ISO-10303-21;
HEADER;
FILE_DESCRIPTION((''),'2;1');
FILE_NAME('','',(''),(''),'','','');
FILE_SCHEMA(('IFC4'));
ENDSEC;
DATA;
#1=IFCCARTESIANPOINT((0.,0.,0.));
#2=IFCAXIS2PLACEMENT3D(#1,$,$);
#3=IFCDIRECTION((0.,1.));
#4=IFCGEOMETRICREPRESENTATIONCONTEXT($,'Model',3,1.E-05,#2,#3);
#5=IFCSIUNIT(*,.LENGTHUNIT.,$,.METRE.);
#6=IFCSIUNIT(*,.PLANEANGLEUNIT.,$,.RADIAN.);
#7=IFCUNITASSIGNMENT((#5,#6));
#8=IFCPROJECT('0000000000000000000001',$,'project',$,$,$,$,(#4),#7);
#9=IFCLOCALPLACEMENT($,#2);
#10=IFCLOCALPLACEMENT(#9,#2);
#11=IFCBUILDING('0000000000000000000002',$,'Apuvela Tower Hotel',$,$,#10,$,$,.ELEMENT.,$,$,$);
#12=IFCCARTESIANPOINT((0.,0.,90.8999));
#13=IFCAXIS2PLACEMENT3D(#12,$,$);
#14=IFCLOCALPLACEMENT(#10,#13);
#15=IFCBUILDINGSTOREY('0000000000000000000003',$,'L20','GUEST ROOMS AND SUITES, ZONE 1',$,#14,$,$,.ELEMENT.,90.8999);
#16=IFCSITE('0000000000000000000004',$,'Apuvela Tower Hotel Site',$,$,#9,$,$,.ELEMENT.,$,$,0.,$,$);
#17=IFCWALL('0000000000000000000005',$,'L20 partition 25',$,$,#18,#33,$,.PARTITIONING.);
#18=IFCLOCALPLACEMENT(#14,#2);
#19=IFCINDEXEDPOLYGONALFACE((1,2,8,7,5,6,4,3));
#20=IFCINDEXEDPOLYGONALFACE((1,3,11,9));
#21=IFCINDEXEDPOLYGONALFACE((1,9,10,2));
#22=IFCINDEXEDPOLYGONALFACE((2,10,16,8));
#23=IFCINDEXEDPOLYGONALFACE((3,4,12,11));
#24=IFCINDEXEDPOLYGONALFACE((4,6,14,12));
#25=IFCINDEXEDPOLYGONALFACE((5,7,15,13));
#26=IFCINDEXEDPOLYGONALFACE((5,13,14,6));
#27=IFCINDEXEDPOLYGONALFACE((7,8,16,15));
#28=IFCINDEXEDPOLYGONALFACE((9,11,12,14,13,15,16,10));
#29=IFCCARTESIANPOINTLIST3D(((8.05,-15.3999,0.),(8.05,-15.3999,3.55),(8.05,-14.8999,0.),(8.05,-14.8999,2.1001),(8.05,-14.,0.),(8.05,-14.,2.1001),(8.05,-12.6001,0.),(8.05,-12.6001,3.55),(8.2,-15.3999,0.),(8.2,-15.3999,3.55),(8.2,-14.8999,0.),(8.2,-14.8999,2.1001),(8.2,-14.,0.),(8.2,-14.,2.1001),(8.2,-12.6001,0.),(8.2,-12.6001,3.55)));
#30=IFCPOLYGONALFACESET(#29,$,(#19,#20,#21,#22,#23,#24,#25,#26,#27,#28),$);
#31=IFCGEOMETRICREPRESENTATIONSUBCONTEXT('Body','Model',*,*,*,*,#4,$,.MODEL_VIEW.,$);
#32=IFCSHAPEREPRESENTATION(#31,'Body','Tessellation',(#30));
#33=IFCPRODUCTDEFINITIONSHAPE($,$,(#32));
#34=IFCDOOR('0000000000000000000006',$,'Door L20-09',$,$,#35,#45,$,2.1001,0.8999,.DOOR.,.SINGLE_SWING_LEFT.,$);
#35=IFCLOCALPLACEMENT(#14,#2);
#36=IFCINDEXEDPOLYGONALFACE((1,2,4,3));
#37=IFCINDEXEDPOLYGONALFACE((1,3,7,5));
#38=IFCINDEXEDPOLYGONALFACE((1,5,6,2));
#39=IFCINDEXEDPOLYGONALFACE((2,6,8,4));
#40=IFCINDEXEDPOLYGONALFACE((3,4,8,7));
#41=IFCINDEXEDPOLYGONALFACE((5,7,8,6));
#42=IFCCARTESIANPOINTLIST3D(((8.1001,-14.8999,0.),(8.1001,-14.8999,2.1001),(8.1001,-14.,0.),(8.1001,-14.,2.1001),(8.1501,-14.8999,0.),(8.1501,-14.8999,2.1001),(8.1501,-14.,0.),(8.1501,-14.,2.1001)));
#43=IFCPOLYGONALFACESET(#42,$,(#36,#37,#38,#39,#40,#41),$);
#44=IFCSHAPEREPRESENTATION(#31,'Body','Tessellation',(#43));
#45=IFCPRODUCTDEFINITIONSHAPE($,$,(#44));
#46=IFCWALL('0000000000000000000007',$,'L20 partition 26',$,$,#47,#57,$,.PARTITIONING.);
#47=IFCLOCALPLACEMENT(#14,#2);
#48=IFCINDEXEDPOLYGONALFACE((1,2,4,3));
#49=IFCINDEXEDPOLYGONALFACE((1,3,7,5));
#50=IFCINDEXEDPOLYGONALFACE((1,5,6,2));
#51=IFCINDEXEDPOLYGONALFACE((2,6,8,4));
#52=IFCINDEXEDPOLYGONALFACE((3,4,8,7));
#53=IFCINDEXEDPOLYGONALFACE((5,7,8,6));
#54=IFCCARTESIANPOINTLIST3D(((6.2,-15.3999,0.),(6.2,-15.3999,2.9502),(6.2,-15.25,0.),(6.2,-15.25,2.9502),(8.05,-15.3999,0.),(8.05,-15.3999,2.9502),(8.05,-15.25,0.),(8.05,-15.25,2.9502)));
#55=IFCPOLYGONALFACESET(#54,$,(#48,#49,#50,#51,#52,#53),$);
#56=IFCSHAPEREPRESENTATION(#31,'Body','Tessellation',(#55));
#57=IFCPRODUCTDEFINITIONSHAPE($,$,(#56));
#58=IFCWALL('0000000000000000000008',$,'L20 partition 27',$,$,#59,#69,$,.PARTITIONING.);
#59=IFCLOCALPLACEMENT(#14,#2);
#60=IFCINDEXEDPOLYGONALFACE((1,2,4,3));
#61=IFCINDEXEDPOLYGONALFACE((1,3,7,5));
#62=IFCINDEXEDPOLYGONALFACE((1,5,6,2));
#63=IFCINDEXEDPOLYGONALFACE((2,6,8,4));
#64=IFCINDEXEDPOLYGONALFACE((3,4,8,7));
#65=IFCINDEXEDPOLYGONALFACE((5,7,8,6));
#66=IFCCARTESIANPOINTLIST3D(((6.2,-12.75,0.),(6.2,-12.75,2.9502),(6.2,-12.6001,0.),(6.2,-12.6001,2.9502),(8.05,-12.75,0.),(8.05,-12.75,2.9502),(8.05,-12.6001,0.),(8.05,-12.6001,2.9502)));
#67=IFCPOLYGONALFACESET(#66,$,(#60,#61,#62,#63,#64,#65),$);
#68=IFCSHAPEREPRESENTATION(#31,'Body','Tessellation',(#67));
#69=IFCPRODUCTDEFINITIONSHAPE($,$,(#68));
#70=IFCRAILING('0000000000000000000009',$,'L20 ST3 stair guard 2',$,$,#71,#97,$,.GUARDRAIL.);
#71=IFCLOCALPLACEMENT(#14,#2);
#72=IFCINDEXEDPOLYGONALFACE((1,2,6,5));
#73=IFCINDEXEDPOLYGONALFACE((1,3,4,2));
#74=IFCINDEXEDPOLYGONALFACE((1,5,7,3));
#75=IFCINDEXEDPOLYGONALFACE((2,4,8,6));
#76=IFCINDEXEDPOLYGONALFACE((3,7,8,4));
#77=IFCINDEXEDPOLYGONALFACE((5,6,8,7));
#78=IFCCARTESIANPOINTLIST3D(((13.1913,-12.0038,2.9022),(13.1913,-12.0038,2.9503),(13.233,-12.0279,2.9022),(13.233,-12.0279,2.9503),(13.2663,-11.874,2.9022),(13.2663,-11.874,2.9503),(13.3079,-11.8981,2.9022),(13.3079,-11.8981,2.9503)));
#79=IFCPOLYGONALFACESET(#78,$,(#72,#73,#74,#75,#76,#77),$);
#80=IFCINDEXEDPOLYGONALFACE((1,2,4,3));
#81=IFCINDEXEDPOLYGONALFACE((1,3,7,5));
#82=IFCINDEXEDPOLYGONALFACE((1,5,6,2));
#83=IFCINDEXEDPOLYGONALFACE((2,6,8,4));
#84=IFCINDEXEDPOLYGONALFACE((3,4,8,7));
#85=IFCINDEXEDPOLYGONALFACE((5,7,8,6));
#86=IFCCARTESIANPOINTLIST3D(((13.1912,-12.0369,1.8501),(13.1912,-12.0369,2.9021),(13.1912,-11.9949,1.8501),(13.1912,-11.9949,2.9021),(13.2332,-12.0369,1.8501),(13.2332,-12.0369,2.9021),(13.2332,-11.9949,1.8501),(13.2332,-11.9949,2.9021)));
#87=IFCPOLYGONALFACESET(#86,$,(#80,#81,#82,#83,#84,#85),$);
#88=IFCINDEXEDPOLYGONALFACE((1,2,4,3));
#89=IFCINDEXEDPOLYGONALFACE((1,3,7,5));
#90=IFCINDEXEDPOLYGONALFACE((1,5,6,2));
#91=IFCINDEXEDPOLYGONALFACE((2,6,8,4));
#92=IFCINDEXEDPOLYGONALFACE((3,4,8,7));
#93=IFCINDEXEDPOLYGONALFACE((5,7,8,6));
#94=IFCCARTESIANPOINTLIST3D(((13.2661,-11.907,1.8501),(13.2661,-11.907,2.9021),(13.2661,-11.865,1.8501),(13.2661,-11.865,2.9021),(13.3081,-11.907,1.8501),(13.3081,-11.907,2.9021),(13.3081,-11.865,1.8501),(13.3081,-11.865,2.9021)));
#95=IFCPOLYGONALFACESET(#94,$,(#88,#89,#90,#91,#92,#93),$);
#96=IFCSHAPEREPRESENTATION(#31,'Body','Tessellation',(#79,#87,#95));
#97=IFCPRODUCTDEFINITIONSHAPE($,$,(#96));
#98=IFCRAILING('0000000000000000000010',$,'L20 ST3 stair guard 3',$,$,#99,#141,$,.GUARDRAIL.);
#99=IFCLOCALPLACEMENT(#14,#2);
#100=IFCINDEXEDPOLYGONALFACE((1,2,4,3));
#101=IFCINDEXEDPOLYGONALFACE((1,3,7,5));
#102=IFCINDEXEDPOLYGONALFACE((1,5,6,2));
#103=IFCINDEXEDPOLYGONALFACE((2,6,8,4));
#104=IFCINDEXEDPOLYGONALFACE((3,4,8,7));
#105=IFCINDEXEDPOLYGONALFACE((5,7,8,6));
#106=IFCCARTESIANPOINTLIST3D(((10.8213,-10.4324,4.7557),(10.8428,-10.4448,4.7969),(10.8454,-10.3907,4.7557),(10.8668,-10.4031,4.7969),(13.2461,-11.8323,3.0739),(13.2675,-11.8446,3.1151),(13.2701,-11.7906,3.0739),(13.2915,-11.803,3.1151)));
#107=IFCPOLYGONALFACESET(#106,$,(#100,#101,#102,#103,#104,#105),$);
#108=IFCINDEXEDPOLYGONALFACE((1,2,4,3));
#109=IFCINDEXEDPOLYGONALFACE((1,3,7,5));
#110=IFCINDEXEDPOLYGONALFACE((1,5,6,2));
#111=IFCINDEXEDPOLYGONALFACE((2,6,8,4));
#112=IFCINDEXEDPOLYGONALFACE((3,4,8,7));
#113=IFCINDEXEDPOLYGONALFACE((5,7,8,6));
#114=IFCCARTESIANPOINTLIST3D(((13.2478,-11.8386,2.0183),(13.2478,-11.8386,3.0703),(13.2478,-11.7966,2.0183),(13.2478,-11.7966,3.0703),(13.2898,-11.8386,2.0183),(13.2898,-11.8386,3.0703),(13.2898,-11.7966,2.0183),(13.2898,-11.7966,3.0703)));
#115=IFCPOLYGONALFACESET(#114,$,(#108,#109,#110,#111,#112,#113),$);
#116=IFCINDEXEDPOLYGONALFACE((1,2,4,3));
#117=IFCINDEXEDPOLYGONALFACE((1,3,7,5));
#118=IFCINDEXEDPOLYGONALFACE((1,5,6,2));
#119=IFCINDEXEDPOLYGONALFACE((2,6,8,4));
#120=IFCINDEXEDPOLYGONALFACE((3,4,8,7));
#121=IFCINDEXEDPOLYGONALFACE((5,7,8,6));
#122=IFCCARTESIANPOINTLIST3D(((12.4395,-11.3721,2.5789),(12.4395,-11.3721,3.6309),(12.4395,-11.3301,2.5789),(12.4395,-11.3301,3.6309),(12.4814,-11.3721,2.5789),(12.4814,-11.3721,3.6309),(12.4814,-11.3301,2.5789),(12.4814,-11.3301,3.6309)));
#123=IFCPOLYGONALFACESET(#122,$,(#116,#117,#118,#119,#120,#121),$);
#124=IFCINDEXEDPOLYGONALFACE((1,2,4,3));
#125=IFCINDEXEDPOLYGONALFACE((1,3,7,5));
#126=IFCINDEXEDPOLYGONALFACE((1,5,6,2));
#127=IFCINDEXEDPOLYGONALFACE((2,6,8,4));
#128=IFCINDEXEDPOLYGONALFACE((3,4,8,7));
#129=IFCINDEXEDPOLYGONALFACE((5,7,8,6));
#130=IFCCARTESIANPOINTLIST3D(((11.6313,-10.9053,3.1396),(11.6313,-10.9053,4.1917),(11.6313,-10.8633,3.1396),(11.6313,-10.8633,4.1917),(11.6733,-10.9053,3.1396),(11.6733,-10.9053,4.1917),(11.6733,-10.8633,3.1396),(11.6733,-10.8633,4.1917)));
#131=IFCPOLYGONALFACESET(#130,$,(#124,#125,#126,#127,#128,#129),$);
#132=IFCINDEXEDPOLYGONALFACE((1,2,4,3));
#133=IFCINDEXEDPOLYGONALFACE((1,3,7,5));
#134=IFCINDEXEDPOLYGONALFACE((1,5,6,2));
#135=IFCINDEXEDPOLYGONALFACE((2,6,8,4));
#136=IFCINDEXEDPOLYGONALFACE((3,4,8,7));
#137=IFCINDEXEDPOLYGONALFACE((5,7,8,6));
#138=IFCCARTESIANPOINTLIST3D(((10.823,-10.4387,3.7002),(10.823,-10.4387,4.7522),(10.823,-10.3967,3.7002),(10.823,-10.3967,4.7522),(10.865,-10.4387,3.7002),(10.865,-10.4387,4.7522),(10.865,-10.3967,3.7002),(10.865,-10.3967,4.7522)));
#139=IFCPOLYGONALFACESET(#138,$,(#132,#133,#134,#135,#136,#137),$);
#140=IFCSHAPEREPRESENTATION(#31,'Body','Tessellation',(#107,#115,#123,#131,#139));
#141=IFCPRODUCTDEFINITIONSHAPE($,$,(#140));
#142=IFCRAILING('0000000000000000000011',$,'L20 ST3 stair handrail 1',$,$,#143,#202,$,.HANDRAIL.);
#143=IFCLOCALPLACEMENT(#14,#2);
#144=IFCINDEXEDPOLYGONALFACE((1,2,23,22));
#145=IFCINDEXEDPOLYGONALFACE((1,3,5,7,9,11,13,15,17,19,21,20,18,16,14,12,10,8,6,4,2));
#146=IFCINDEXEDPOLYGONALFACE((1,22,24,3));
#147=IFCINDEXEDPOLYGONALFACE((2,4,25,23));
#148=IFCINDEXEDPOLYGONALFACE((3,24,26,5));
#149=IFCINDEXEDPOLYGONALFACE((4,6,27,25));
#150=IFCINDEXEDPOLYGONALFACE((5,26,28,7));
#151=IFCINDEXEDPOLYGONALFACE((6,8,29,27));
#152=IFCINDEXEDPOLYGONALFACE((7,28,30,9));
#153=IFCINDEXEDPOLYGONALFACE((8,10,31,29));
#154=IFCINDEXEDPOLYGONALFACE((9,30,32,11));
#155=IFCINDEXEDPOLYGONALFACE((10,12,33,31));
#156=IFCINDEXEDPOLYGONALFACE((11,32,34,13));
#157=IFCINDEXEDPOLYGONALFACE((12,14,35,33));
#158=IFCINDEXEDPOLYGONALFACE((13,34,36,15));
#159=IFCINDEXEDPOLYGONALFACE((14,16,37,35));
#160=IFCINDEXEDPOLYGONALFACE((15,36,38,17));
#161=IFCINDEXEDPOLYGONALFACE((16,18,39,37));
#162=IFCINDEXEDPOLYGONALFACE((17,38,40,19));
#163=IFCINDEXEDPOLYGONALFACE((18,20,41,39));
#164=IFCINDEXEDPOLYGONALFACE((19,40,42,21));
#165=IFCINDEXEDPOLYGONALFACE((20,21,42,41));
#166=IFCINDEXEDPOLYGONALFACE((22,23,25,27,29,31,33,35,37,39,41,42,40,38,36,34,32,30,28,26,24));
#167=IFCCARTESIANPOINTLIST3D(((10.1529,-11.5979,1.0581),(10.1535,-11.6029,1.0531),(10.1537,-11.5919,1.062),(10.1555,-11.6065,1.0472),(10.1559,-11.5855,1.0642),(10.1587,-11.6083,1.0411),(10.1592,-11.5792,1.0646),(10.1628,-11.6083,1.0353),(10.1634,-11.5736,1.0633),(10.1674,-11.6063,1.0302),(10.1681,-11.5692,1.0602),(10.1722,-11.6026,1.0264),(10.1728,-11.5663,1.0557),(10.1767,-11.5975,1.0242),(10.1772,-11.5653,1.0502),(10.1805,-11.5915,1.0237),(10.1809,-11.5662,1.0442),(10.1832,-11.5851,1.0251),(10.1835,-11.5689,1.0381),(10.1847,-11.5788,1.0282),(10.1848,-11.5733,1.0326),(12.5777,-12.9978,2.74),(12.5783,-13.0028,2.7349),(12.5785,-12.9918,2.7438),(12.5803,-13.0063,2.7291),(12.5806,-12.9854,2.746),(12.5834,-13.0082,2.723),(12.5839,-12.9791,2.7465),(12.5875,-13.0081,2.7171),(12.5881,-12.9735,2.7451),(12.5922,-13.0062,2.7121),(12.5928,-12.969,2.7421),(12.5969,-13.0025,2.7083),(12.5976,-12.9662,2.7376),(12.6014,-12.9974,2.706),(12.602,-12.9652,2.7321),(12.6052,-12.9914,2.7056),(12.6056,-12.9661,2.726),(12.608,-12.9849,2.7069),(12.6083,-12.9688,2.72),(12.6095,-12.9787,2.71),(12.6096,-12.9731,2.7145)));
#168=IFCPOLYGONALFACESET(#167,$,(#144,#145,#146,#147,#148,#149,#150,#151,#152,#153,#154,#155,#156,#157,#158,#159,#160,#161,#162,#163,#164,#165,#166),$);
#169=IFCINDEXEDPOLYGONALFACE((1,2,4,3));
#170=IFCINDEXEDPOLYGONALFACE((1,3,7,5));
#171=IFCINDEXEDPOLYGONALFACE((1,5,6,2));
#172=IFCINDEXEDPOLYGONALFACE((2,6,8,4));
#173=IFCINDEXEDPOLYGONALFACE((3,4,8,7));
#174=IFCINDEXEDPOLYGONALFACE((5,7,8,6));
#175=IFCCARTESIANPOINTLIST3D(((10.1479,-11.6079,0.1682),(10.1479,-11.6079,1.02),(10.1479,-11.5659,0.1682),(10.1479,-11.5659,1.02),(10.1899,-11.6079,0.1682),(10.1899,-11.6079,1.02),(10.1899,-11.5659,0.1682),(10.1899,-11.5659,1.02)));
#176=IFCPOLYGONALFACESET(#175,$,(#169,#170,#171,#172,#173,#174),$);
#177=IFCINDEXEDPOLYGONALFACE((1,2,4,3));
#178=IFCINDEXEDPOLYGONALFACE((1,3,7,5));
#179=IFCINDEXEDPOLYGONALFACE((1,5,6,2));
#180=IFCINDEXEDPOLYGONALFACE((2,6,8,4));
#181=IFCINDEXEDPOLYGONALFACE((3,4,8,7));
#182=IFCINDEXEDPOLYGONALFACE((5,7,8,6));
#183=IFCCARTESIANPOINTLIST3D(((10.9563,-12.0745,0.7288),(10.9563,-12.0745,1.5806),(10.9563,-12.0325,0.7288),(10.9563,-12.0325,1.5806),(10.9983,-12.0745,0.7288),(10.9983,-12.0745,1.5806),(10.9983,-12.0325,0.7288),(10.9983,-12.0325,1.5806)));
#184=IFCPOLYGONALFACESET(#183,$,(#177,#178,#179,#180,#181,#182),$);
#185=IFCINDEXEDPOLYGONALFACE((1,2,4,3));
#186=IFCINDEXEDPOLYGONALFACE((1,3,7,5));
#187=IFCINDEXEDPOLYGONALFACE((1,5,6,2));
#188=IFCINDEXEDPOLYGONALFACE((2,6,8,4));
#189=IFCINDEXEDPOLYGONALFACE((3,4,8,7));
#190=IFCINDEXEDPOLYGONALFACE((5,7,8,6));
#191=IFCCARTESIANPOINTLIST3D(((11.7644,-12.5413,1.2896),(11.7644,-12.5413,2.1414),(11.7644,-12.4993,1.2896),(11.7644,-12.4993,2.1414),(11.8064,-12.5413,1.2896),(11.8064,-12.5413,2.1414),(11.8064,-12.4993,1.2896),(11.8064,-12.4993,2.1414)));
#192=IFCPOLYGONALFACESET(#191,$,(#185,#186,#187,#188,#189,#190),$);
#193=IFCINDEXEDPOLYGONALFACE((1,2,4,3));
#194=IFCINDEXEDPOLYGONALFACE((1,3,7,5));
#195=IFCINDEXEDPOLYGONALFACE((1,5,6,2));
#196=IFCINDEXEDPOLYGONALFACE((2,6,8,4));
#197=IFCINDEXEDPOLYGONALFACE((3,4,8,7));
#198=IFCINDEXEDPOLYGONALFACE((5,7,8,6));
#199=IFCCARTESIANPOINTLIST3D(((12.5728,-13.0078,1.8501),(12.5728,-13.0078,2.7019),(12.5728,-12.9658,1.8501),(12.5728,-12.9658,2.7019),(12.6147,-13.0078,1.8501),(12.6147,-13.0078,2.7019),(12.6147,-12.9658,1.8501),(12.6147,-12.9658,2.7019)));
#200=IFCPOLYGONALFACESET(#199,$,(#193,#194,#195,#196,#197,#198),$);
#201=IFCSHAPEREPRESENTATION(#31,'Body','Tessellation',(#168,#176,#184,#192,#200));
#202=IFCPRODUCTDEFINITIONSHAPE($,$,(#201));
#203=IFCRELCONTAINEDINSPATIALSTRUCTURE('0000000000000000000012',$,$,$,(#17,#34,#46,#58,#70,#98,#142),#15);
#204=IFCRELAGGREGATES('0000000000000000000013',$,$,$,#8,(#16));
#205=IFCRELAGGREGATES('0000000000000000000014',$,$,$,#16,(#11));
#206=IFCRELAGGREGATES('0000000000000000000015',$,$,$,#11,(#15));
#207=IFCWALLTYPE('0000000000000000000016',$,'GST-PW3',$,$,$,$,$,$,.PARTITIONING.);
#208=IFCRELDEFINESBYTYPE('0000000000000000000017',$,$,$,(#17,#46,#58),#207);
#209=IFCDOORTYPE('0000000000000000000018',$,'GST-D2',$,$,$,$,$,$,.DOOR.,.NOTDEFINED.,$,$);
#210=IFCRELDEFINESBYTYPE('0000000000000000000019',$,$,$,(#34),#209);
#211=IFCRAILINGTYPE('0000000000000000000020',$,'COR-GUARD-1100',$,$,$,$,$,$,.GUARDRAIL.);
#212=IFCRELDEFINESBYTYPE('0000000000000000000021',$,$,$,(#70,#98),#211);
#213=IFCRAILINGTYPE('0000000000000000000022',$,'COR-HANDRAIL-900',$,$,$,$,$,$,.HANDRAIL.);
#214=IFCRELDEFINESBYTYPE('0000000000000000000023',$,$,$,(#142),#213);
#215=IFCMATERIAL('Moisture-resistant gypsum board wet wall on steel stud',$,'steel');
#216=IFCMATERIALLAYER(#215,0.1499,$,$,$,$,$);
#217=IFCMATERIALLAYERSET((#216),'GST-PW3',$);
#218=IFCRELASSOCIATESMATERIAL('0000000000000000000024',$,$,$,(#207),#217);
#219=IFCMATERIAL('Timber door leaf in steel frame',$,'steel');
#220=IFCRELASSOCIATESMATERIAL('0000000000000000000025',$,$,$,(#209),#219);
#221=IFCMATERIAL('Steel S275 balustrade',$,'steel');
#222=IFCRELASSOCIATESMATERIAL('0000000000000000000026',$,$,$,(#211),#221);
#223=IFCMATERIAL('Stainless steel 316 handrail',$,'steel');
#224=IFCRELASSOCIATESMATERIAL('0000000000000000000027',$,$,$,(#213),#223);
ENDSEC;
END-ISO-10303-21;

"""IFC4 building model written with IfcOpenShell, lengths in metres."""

from ifc_helpers import new_model, si_unit, direction, frame, frame_2d, origin, origin_2d, place, context, subcontext, project, spatial, rectangle, circle, extrude, material, layer, layer_set, type_object, element, fill, save


model = new_model("IFC4")

# Units and contexts
model_context = context("Model", 3, precision=1e-05, world=origin(), true_north=direction((0.0, 1.0)))
body_context = subcontext(model_context, "Body", "Model", "MODEL_VIEW")
ifc_project = project(units=[si_unit("LENGTHUNIT", "METRE"), si_unit("PLANEANGLEUNIT", "RADIAN")], contexts=[model_context])

# Site, building, storey
site_placement = place(None, origin())
site = spatial("IfcSite", under=ifc_project, at=site_placement, Name="Apuvela Tower Hotel Site", CompositionType="ELEMENT", RefElevation=0.0)
building_placement = place(site_placement, origin())
building = spatial("IfcBuilding", under=site, at=building_placement, Name="Apuvela Tower Hotel", CompositionType="ELEMENT")
storey_placement = place(building_placement, frame((0.0, 0.0, 90.8999)))
storey = spatial("IfcBuildingStorey", under=building, at=storey_placement, Name="L20", Description="GUEST ROOMS AND SUITES, ZONE 1", CompositionType="ELEMENT", Elevation=90.8999)

# Shared definitions
ifc_material_1 = material(Name="Moisture-resistant gypsum board wet wall on steel stud", Category="steel")
ifc_layer_1 = layer(ifc_material_1, 0.1499)
ifc_layer_set_1 = layer_set([ifc_layer_1], Name="GST-PW3")
wall_type_1 = type_object("IfcWallType", Name="GST-PW3", PredefinedType="PARTITIONING", material=ifc_layer_set_1)

# Wall, opening, door
wall_1_placement = place(storey_placement, frame((8.125, -15.3999, 0.0), z_axis=(0.0, 0.0, 1.0), x_axis=(0.0, 1.0, 0.0)))
wall_1 = element("IfcWall", 1, at=wall_1_placement, inside=storey, type_object=wall_type_1, Name="L20 partition 25", PredefinedType="PARTITIONING", context=body_context, shape_type="SweptSolid", body=[
    extrude(rectangle(XDim=2.7998, YDim=0.1499, at=frame_2d((1.3999, 0.0))), origin(), (0.0, 0.0, 1.0), 3.55),
])
opening_1_placement = place(wall_1_placement, frame((0.5, 0.0, 0.0)))
opening_1 = element("IfcOpeningElement", 2, at=opening_1_placement, cuts=wall_1, PredefinedType="OPENING", context=body_context, shape_type="SweptSolid", body=[
    extrude(rectangle(XDim=0.8999, YDim=2.1001, at=frame_2d((0.45, 1.05))), frame((0.0, 0.085, 0.0), z_axis=(0.0, -1.0, 0.0), x_axis=(1.0, 0.0, 0.0)), (0.0, 0.0, 1.0), 0.1699),
])
ifc_material_2 = material(Name="Timber door leaf in steel frame", Category="steel")
door_type_1 = type_object("IfcDoorType", Name="GST-D2", OperationType="NOTDEFINED", PredefinedType="DOOR", material=ifc_material_2)
door_1_placement = place(opening_1_placement, origin())
door_1 = element("IfcDoor", 3, at=door_1_placement, inside=storey, type_object=door_type_1, Name="Door L20-09", OperationType="SINGLE_SWING_LEFT", OverallHeight=2.1001, OverallWidth=0.8999, PredefinedType="DOOR", context=body_context, shape_type="SweptSolid", body=[
    extrude(rectangle(XDim=0.8999, YDim=2.1001, at=frame_2d((0.45, 1.05))), frame((0.0, 0.0249, 0.0), z_axis=(0.0, -1.0, 0.0), x_axis=(1.0, 0.0, 0.0)), (0.0, 0.0, 1.0), 0.05),
])
fill(opening_1, door_1)

# Walls
for number, where, z_axis, x_axis, name in (
    (4, (6.2, -15.325, 0.0), (0.0, 0.0, 1.0), (1.0, 0.0, 0.0), "L20 partition 26"),
    (5, (6.2, -12.675, 0.0), (0.0, 0.0, 1.0), (1.0, 0.0, 0.0), "L20 partition 27"),
):
    element("IfcWall", number, at=place(storey_placement, frame(where, z_axis=z_axis, x_axis=x_axis)), inside=storey, type_object=wall_type_1, Name=name, PredefinedType="PARTITIONING", context=body_context, shape_type="SweptSolid", body=[
        extrude(rectangle(XDim=1.8501, YDim=0.1499, at=frame_2d((0.925, 0.0))), origin(), (0.0, 0.0, 1.0), 2.9502),
    ])

# Railings
ifc_material_3 = material(Name="Steel S275 balustrade", Category="steel")
railing_type_1 = type_object("IfcRailingType", Name="COR-GUARD-1100", PredefinedType="GUARDRAIL", material=ifc_material_3)
railing_1_placement = place(storey_placement, frame((13.2122, -12.0159, 1.8501)))
element("IfcRailing", 6, at=railing_1_placement, inside=storey, type_object=railing_type_1, Name="L20 ST3 stair guard 2", PredefinedType="GUARDRAIL", context=body_context, shape_type="SweptSolid", body=[
    extrude(rectangle(XDim=0.0481, YDim=0.0481, at=origin_2d()), frame((0.0, 0.0, 1.0762), z_axis=(0.499816, 0.866131, 0.0), x_axis=(-0.866131, 0.499816, 0.0)), (0.0, 0.0, 1.0), 0.1499),
    extrude(rectangle(XDim=0.042, YDim=0.042, at=origin_2d()), origin(), (0.0, 0.0, 1.0), 1.052),
    extrude(rectangle(XDim=0.042, YDim=0.042, at=origin_2d()), frame((0.075, 0.1299, 0.0)), (0.0, 0.0, 1.0), 1.052),
])
railing_2_placement = place(storey_placement, frame((13.2688, -11.8176, 2.0183)))
element("IfcRailing", 7, at=railing_2_placement, inside=storey, type_object=railing_type_1, Name="L20 ST3 stair guard 3", PredefinedType="GUARDRAIL", context=body_context, shape_type="SweptSolid", body=[
    extrude(rectangle(XDim=0.0481, YDim=0.0481, at=origin_2d()), frame((0.0, 0.0, 1.0762), z_axis=(-0.74239, 0.428601, 0.514934), x_axis=(-0.499984, -0.866035, 0.0)), (0.0, 0.0, 1.0), 3.2661),
    extrude(rectangle(XDim=0.042, YDim=0.042, at=origin_2d()), origin(), (0.0, 0.0, 1.0), 1.052),
    extrude(rectangle(XDim=0.042, YDim=0.042, at=origin_2d()), frame((-0.8083, 0.4666, 0.5605)), (0.0, 0.0, 1.0), 1.052),
    extrude(rectangle(XDim=0.042, YDim=0.042, at=origin_2d()), frame((-1.6165, 0.9333, 1.1213)), (0.0, 0.0, 1.0), 1.052),
    extrude(rectangle(XDim=0.042, YDim=0.042, at=origin_2d()), frame((-2.4248, 1.3999, 1.6819)), (0.0, 0.0, 1.0), 1.052),
])
ifc_material_4 = material(Name="Stainless steel 316 handrail", Category="steel")
railing_type_2 = type_object("IfcRailingType", Name="COR-HANDRAIL-900", PredefinedType="HANDRAIL", material=ifc_material_4)
railing_3_placement = place(storey_placement, frame((10.1689, -11.5869, 0.1682)))
element("IfcRailing", 8, at=railing_3_placement, inside=storey, type_object=railing_type_2, Name="L20 ST3 stair handrail 1", PredefinedType="HANDRAIL", context=body_context, shape_type="SweptSolid", body=[
    extrude(circle(Radius=0.0239, at=origin_2d()), frame((0.0, 0.0, 0.876), z_axis=(0.74239, -0.428601, 0.514934), x_axis=(0.499984, 0.866035, 0.0)), (0.0, 0.0, 1.0), 3.2661),
    extrude(rectangle(XDim=0.042, YDim=0.042, at=origin_2d()), origin(), (0.0, 0.0, 1.0), 0.8518),
    extrude(rectangle(XDim=0.042, YDim=0.042, at=origin_2d()), frame((0.8083, -0.4666, 0.5605)), (0.0, 0.0, 1.0), 0.8518),
    extrude(rectangle(XDim=0.042, YDim=0.042, at=origin_2d()), frame((1.6165, -0.9333, 1.1213)), (0.0, 0.0, 1.0), 0.8518),
    extrude(rectangle(XDim=0.042, YDim=0.042, at=origin_2d()), frame((2.4248, -1.3999, 1.6819)), (0.0, 0.0, 1.0), 0.8518),
])

save(model, "model.ifc")
